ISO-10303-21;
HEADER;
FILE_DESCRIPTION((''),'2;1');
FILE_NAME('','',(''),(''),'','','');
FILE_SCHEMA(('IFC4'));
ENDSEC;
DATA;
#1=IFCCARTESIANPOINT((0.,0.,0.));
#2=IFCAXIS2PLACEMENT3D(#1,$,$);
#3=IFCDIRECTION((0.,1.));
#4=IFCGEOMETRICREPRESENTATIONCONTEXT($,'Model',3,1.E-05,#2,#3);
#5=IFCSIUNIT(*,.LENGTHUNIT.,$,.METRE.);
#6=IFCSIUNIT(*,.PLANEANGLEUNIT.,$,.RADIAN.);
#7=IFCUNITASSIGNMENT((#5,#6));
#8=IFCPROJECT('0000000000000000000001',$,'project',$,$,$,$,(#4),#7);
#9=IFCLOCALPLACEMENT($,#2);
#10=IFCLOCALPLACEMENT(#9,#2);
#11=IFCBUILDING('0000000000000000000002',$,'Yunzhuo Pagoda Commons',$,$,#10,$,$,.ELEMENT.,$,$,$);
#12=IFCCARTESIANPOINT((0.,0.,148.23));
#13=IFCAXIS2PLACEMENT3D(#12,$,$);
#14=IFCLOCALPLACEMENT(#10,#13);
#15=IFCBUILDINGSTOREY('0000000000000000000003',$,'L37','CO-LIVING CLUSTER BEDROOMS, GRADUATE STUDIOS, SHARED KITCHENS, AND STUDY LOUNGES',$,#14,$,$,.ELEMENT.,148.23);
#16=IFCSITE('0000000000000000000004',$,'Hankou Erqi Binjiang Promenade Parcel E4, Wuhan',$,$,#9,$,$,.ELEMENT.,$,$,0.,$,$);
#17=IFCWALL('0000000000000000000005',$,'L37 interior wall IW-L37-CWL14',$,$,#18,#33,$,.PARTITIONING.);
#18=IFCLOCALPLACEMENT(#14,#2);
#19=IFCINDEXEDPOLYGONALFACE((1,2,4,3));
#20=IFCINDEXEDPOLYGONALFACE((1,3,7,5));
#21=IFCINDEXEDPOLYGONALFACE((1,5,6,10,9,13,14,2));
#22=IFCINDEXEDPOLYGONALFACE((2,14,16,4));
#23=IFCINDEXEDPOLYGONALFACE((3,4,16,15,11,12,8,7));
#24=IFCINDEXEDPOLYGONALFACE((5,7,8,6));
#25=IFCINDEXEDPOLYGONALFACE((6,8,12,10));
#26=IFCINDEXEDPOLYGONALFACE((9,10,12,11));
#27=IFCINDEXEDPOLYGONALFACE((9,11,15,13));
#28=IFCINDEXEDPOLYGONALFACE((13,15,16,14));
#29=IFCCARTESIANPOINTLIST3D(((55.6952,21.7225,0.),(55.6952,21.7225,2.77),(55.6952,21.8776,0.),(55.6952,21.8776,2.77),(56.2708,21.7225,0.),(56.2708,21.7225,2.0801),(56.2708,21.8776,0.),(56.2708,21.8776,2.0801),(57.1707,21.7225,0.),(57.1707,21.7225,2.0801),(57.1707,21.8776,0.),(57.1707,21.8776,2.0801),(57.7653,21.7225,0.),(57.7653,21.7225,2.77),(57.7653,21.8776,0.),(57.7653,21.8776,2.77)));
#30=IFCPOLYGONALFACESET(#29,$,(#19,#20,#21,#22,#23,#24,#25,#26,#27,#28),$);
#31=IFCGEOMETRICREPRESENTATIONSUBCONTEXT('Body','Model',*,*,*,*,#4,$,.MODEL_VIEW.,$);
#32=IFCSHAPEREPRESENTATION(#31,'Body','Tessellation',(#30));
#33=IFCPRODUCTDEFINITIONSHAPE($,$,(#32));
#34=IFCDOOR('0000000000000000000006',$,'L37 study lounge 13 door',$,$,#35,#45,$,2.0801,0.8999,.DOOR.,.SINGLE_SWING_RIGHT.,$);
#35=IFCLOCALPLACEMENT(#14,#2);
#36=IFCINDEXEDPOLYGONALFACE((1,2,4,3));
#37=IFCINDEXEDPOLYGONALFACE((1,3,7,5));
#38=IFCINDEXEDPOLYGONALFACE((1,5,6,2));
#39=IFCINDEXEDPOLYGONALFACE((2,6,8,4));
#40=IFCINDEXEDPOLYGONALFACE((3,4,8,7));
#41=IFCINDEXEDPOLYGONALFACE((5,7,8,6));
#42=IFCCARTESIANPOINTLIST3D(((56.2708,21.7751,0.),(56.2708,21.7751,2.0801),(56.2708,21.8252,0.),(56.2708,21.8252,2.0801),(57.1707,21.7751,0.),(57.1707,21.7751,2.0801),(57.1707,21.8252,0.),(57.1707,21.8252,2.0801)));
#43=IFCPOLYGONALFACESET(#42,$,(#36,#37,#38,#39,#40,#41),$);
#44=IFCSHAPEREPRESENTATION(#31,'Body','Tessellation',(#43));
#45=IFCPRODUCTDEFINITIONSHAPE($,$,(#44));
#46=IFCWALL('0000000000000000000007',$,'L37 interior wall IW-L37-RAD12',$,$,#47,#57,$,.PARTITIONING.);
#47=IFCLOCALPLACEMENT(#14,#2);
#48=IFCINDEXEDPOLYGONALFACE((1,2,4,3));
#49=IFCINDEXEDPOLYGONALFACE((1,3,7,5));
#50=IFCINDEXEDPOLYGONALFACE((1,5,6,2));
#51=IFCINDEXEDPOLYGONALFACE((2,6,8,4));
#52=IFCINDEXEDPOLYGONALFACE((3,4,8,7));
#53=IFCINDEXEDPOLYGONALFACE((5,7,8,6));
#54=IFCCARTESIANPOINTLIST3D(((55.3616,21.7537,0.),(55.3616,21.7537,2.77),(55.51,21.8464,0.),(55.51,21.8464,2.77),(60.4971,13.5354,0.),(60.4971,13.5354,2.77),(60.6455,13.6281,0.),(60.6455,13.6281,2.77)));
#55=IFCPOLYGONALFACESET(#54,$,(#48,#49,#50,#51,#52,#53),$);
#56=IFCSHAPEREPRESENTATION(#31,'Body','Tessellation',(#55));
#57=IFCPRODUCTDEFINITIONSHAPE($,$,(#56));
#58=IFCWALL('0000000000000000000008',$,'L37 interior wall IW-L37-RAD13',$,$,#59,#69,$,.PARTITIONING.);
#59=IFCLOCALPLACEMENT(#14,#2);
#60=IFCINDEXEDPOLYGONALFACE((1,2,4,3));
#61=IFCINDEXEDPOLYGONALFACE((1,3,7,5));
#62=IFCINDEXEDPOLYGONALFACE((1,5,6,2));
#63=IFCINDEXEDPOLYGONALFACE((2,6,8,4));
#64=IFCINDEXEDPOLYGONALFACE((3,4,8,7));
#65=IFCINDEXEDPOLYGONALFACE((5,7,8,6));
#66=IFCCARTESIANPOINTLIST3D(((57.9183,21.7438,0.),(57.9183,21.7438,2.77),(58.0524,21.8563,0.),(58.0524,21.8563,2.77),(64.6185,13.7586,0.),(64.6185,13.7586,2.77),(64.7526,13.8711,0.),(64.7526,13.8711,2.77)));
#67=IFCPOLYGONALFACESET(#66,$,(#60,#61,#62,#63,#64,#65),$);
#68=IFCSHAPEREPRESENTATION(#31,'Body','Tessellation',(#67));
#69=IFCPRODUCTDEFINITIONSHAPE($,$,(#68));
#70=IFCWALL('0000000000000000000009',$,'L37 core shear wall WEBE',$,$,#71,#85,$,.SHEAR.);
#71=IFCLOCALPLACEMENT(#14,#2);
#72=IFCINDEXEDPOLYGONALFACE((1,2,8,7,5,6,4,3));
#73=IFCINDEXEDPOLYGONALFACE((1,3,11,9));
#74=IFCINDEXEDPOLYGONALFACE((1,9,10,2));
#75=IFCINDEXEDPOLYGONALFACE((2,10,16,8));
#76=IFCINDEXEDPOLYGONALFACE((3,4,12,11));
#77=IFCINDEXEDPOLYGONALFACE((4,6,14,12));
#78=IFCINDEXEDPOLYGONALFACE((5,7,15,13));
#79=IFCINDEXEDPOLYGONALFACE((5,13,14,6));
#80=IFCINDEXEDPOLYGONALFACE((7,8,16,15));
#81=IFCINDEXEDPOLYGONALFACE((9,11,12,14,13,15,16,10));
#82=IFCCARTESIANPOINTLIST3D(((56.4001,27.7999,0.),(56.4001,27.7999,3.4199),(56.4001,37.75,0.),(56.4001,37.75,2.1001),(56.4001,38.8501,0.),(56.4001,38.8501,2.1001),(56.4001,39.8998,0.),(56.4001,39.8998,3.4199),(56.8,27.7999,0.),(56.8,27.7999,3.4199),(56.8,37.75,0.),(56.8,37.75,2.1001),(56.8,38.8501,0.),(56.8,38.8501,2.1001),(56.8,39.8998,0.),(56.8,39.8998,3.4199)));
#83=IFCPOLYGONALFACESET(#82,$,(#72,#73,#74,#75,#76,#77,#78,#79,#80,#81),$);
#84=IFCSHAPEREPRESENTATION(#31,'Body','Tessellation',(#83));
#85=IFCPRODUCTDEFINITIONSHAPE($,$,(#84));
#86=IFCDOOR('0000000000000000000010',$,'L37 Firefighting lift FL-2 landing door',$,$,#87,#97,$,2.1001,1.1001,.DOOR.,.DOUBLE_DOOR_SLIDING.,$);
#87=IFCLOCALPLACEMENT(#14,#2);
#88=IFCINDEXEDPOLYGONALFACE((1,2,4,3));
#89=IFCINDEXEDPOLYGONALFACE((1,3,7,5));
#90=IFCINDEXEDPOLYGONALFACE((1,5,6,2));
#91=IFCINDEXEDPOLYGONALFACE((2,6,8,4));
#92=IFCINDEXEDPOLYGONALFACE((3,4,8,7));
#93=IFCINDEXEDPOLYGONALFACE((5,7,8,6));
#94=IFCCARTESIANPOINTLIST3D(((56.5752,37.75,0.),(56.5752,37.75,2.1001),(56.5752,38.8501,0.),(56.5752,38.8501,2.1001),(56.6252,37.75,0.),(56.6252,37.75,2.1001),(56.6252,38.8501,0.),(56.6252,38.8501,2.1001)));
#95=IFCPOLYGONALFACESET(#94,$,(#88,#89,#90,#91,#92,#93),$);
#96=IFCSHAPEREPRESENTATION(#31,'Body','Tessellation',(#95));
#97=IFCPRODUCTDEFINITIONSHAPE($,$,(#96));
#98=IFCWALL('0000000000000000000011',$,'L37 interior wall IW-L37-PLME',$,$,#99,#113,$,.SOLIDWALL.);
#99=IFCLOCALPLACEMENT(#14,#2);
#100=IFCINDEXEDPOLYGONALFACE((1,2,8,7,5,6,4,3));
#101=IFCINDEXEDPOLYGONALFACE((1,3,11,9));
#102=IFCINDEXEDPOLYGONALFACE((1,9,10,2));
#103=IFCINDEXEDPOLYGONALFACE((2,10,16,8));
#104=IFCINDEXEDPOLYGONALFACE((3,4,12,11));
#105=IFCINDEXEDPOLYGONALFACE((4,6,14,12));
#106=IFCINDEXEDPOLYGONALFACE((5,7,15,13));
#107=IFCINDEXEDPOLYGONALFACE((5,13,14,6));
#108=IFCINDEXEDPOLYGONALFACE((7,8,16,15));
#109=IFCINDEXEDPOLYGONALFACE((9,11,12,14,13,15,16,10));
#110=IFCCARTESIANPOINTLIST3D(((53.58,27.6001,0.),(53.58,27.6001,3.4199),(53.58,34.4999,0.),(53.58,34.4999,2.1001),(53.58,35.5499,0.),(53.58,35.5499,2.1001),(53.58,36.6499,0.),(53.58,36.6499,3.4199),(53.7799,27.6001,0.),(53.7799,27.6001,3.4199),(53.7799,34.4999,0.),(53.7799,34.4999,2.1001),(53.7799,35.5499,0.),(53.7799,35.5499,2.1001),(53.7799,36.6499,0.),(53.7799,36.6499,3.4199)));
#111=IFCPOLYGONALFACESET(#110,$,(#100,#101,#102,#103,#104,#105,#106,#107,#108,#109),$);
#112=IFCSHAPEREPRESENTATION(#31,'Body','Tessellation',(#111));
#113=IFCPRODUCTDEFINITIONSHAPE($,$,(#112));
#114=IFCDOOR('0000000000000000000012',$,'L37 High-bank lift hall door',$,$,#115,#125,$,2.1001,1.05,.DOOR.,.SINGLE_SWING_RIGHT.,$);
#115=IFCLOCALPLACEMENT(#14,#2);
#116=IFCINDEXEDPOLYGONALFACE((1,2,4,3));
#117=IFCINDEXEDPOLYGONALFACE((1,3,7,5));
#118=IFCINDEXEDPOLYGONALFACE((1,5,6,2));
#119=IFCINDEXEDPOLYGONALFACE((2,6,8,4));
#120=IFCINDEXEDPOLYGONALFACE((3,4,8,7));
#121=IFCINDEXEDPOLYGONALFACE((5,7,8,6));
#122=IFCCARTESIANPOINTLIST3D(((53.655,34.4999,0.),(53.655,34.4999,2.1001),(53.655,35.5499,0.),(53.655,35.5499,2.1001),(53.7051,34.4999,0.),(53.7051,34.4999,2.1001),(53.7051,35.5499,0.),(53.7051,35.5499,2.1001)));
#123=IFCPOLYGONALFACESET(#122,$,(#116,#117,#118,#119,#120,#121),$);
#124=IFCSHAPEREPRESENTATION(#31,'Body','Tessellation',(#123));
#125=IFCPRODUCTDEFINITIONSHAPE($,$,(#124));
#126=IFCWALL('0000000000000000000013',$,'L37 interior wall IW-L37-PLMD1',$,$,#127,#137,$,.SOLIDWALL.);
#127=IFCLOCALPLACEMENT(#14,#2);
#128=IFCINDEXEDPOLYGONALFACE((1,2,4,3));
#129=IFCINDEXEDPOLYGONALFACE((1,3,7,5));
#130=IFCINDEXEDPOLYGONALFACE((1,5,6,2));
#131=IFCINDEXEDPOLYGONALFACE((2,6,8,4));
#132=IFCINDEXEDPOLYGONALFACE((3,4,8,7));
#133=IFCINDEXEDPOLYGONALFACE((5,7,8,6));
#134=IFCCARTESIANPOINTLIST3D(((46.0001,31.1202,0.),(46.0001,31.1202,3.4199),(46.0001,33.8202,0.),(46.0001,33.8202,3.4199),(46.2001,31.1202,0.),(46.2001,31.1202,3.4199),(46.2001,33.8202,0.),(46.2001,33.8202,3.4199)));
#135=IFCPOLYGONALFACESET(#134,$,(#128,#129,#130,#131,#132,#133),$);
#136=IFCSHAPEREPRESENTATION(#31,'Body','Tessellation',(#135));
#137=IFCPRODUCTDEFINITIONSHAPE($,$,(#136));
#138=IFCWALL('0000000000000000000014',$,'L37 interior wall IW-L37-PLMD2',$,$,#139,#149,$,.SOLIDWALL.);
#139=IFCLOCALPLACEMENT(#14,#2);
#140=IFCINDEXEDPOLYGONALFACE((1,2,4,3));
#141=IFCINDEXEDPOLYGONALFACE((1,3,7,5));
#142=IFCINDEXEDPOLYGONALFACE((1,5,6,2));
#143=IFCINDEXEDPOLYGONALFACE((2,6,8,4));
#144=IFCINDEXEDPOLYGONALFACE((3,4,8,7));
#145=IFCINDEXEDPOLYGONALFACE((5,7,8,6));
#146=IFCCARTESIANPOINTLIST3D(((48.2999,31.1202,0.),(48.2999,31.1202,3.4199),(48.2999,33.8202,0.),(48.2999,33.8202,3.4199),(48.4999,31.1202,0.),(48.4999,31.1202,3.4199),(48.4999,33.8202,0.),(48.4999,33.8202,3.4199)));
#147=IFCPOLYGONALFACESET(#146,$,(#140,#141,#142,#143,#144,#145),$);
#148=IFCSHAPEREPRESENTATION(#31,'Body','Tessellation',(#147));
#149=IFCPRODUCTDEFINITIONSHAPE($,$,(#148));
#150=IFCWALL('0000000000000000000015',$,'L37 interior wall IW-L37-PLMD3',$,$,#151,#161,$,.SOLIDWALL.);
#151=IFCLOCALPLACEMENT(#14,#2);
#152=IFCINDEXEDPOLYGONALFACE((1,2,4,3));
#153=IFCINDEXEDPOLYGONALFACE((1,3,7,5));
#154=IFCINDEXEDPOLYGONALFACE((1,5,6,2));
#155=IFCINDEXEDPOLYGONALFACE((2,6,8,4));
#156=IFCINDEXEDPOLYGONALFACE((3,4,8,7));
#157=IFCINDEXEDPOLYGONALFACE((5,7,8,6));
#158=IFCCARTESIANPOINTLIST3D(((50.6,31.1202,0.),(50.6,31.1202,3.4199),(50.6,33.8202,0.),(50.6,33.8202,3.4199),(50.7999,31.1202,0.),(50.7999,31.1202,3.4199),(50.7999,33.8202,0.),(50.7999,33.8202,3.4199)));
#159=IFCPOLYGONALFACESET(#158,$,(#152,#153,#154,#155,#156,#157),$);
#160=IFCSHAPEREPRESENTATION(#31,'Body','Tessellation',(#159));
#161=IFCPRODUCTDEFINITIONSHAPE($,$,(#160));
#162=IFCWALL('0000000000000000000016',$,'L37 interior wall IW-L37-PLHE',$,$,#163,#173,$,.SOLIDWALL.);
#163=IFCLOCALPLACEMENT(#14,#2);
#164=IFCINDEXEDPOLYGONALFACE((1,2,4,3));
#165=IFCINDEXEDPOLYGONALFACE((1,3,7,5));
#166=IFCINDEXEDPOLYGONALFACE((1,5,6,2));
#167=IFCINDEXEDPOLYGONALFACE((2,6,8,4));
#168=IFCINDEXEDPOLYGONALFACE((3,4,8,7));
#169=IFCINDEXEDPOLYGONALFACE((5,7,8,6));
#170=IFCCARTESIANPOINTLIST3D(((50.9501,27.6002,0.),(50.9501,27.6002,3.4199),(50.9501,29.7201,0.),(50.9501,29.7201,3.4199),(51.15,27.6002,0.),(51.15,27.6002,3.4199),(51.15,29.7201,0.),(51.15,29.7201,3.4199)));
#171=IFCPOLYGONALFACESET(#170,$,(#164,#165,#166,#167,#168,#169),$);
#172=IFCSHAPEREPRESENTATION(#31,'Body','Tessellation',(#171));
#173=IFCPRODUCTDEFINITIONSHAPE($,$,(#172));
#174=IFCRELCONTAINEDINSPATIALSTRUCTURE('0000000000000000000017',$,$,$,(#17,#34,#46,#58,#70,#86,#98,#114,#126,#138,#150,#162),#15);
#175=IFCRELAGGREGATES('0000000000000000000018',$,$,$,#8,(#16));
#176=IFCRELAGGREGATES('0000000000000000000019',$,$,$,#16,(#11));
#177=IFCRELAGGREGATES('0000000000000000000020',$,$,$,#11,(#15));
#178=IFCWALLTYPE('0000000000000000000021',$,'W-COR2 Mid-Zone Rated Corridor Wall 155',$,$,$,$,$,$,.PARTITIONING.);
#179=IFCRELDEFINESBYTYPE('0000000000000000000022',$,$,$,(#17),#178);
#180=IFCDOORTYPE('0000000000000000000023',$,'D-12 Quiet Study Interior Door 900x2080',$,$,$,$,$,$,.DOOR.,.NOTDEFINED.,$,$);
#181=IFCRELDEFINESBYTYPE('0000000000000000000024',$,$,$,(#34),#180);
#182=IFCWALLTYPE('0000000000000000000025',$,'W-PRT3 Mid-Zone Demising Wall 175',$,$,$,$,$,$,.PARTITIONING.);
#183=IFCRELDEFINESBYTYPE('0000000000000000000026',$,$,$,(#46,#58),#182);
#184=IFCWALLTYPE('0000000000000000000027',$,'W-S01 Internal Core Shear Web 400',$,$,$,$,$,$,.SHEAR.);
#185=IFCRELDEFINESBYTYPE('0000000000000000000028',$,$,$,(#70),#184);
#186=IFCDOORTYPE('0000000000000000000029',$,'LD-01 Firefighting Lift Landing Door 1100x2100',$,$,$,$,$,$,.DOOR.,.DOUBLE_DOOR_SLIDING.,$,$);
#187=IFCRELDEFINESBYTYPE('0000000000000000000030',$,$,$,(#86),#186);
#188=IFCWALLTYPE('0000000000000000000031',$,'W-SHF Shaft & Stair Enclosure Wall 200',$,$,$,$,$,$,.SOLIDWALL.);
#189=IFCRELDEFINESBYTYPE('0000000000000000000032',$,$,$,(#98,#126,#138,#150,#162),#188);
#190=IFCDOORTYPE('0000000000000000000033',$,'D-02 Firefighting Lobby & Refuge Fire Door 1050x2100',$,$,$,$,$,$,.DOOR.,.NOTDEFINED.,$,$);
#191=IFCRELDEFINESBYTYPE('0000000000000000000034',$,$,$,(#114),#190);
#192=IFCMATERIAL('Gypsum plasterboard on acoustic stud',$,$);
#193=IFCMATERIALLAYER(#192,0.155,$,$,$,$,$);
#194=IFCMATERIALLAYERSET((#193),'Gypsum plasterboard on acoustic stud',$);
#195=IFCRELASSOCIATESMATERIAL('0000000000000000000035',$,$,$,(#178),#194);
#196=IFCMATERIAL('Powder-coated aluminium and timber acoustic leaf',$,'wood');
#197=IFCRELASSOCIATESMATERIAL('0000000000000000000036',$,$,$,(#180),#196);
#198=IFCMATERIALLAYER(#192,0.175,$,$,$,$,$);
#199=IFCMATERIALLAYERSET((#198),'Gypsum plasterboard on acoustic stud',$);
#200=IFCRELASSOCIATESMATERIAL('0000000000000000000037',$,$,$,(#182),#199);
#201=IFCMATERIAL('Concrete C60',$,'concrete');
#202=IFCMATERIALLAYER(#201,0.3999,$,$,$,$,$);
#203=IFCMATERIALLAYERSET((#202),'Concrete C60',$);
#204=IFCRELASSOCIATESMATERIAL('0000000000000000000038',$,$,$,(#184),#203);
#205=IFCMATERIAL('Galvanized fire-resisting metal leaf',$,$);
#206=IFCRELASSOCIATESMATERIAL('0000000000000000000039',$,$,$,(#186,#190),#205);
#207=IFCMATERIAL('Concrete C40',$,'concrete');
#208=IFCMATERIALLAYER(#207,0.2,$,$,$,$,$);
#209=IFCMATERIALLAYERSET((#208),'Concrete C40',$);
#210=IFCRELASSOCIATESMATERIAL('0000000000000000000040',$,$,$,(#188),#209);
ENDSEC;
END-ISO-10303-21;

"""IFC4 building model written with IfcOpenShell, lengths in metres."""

from ifc_helpers import new_model, si_unit, direction, frame, frame_2d, origin, origin_with_axes, place, context, subcontext, project, spatial, rectangle, extrude, source, transform, mapped, material, layer, layer_set, type_object, element, fill, save


model = new_model("IFC4")

# Units and contexts
model_context = context("Model", 3, precision=1e-05, world=origin(), true_north=direction((0.0, 1.0)))
body_context = subcontext(model_context, "Body", "Model", "MODEL_VIEW")
ifc_project = project(units=[si_unit("LENGTHUNIT", "METRE"), si_unit("PLANEANGLEUNIT", "RADIAN")], contexts=[model_context])

# Site, building, storey
site_placement = place(None, origin())
site = spatial("IfcSite", under=ifc_project, at=site_placement, Name="Hankou Erqi Binjiang Promenade Parcel E4, Wuhan", CompositionType="ELEMENT", RefElevation=0.0)
building_placement = place(site_placement, origin())
building = spatial("IfcBuilding", under=site, at=building_placement, Name="Yunzhuo Pagoda Commons", CompositionType="ELEMENT")
storey_placement = place(building_placement, frame((0.0, 0.0, 148.23)))
storey = spatial("IfcBuildingStorey", under=building, at=storey_placement, Name="L37", Description="CO-LIVING CLUSTER BEDROOMS, GRADUATE STUDIOS, SHARED KITCHENS, AND STUDY LOUNGES", CompositionType="ELEMENT", Elevation=148.23)

# Wall, opening, door
ifc_material_1 = material(Name="Gypsum plasterboard on acoustic stud")
ifc_layer_1 = layer(ifc_material_1, 0.155)
ifc_layer_set_1 = layer_set([ifc_layer_1], Name="Gypsum plasterboard on acoustic stud")
wall_type_1 = type_object("IfcWallType", Name="W-COR2 Mid-Zone Rated Corridor Wall 155", PredefinedType="PARTITIONING", material=ifc_layer_set_1)
ifc_material_2 = material(Name="Galvanized fire-resisting metal leaf")
wall_1_placement = place(storey_placement, frame((57.7654, 21.8, 0.0), z_axis=(0.0, 0.0, 1.0), x_axis=(-1.0, 0.0, 0.0)))
wall_1 = element("IfcWall", 1, at=wall_1_placement, inside=storey, type_object=wall_type_1, Name="L37 interior wall IW-L37-CWL14", PredefinedType="PARTITIONING", context=body_context, shape_type="SweptSolid", body=[
    extrude(rectangle(XDim=2.0701, YDim=0.155, at=frame_2d((1.0352, 0.0))), origin(), (0.0, 0.0, 1.0), 2.77),
])
opening_1_placement = place(wall_1_placement, frame((0.5947, 0.0, 0.0)))
opening_1 = element("IfcOpeningElement", 2, at=opening_1_placement, cuts=wall_1, PredefinedType="OPENING", context=body_context, shape_type="SweptSolid", body=[
    extrude(rectangle(XDim=0.8999, YDim=2.0801, at=frame_2d((0.45, 1.04))), frame((0.0, 0.0874, 0.0), z_axis=(0.0, -1.0, 0.0), x_axis=(1.0, 0.0, 0.0)), (0.0, 0.0, 1.0), 0.175),
])
ifc_material_3 = material(Name="Powder-coated aluminium and timber acoustic leaf", Category="wood")
door_type_1 = type_object("IfcDoorType", Name="D-12 Quiet Study Interior Door 900x2080", OperationType="NOTDEFINED", PredefinedType="DOOR", material=ifc_material_3)
shared_shape_1 = source(origin(), body_context, "Body", "SweptSolid", [
    extrude(rectangle(XDim=0.8999, YDim=2.0801, at=frame_2d((0.45, 1.04))), frame((0.0, 0.0249, 0.0), z_axis=(0.0, -1.0, 0.0), x_axis=(1.0, 0.0, 0.0)), (0.0, 0.0, 1.0), 0.05),
])
door_1_placement = place(opening_1_placement, origin_with_axes())
door_1 = element("IfcDoor", 3, at=door_1_placement, inside=storey, type_object=door_type_1, Name="L37 study lounge 13 door", OperationType="SINGLE_SWING_RIGHT", OverallHeight=2.0801, OverallWidth=0.8999, PredefinedType="DOOR", context=body_context, shape_type="MappedRepresentation", body=[
    mapped(shared_shape_1, transform((0.0, 0.0, 0.0), scale=1.0)),
])
fill(opening_1, door_1)

# Walls
ifc_layer_2 = layer(ifc_material_1, 0.175)
ifc_layer_set_2 = layer_set([ifc_layer_2], Name="Gypsum plasterboard on acoustic stud")
wall_type_2 = type_object("IfcWallType", Name="W-PRT3 Mid-Zone Demising Wall 175", PredefinedType="PARTITIONING", material=ifc_layer_set_2)
wall_2_placement = place(storey_placement, frame((55.4358, 21.8, 0.0), z_axis=(0.0, 0.0, 1.0), x_axis=(0.529931, -0.848041, 0.0)))
element("IfcWall", 4, at=wall_2_placement, inside=storey, type_object=wall_type_2, Name="L37 interior wall IW-L37-RAD12", PredefinedType="PARTITIONING", context=body_context, shape_type="SweptSolid", body=[
    extrude(rectangle(XDim=9.6909, YDim=0.175, at=frame_2d((4.8455, 0.0))), origin(), (0.0, 0.0, 1.0), 2.77),
])
wall_3_placement = place(storey_placement, frame((57.9854, 21.8, 0.0), z_axis=(0.0, 0.0, 1.0), x_axis=(0.642782, -0.766049, 0.0)))
element("IfcWall", 5, at=wall_3_placement, inside=storey, type_object=wall_type_2, Name="L37 interior wall IW-L37-RAD13", PredefinedType="PARTITIONING", context=body_context, shape_type="SweptSolid", body=[
    extrude(rectangle(XDim=10.4238, YDim=0.175, at=frame_2d((5.2119, 0.0))), origin(), (0.0, 0.0, 1.0), 2.77),
])

# Walls, openings, doors
ifc_material_4 = material(Name="Concrete C60", Category="concrete")
ifc_layer_3 = layer(ifc_material_4, 0.3999)
ifc_layer_set_3 = layer_set([ifc_layer_3], Name="Concrete C60")
wall_type_3 = type_object("IfcWallType", Name="W-S01 Internal Core Shear Web 400", PredefinedType="SHEAR", material=ifc_layer_set_3)
wall_4_placement = place(storey_placement, frame((56.6001, 27.8, 0.0), z_axis=(0.0, 0.0, 1.0), x_axis=(0.0, 1.0, 0.0)))
wall_4 = element("IfcWall", 6, at=wall_4_placement, inside=storey, type_object=wall_type_3, Name="L37 core shear wall WEBE", PredefinedType="SHEAR", context=body_context, shape_type="SweptSolid", body=[
    extrude(rectangle(XDim=12.0999, YDim=0.3999, at=frame_2d((6.0498, 0.0))), origin(), (0.0, 0.0, 1.0), 3.4199),
])
opening_2_placement = place(wall_4_placement, frame((9.95, 0.0, 0.0)))
opening_2 = element("IfcOpeningElement", 7, at=opening_2_placement, cuts=wall_4, PredefinedType="OPENING", context=body_context, shape_type="SweptSolid", body=[
    extrude(rectangle(XDim=1.1001, YDim=2.1001, at=frame_2d((0.55, 1.05))), frame((0.0, 0.21, 0.0), z_axis=(0.0, -1.0, 0.0), x_axis=(1.0, 0.0, 0.0)), (0.0, 0.0, 1.0), 0.4199),
])
door_type_2 = type_object("IfcDoorType", Name="LD-01 Firefighting Lift Landing Door 1100x2100", OperationType="DOUBLE_DOOR_SLIDING", PredefinedType="DOOR", material=ifc_material_2)
shared_shape_2 = source(origin(), body_context, "Body", "SweptSolid", [
    extrude(rectangle(XDim=1.1001, YDim=2.1001, at=frame_2d((0.55, 1.05))), frame((0.0, 0.0249, 0.0), z_axis=(0.0, -1.0, 0.0), x_axis=(1.0, 0.0, 0.0)), (0.0, 0.0, 1.0), 0.05),
])
door_2_placement = place(opening_2_placement, origin_with_axes())
door_2 = element("IfcDoor", 8, at=door_2_placement, inside=storey, type_object=door_type_2, Name="L37 Firefighting lift FL-2 landing door", OperationType="DOUBLE_DOOR_SLIDING", OverallHeight=2.1001, OverallWidth=1.1001, PredefinedType="DOOR", context=body_context, shape_type="MappedRepresentation", body=[
    mapped(shared_shape_2, transform((0.0, 0.0, 0.0), scale=1.0)),
])
fill(opening_2, door_2)
ifc_material_5 = material(Name="Concrete C40", Category="concrete")
ifc_layer_4 = layer(ifc_material_5, 0.2)
ifc_layer_set_4 = layer_set([ifc_layer_4], Name="Concrete C40")
wall_type_4 = type_object("IfcWallType", Name="W-SHF Shaft & Stair Enclosure Wall 200", PredefinedType="SOLIDWALL", material=ifc_layer_set_4)
wall_5_placement = place(storey_placement, frame((53.6799, 27.6001, 0.0), z_axis=(0.0, 0.0, 1.0), x_axis=(0.0, 1.0, 0.0)))
wall_5 = element("IfcWall", 9, at=wall_5_placement, inside=storey, type_object=wall_type_4, Name="L37 interior wall IW-L37-PLME", PredefinedType="SOLIDWALL", context=body_context, shape_type="SweptSolid", body=[
    extrude(rectangle(XDim=9.0498, YDim=0.2, at=frame_2d((4.5249, 0.0))), origin(), (0.0, 0.0, 1.0), 3.4199),
])
opening_3_placement = place(wall_5_placement, frame((6.8999, 0.0, 0.0)))
opening_3 = element("IfcOpeningElement", 10, at=opening_3_placement, cuts=wall_5, PredefinedType="OPENING", context=body_context, shape_type="SweptSolid", body=[
    extrude(rectangle(XDim=1.05, YDim=2.1001, at=frame_2d((0.5249, 1.05))), frame((0.0, 0.1099, 0.0), z_axis=(0.0, -1.0, 0.0), x_axis=(1.0, 0.0, 0.0)), (0.0, 0.0, 1.0), 0.22),
])
door_type_3 = type_object("IfcDoorType", Name="D-02 Firefighting Lobby & Refuge Fire Door 1050x2100", OperationType="NOTDEFINED", PredefinedType="DOOR", material=ifc_material_2)
shared_shape_3 = source(origin(), body_context, "Body", "SweptSolid", [
    extrude(rectangle(XDim=1.05, YDim=2.1001, at=frame_2d((0.5249, 1.05))), frame((0.0, 0.0249, 0.0), z_axis=(0.0, -1.0, 0.0), x_axis=(1.0, 0.0, 0.0)), (0.0, 0.0, 1.0), 0.05),
])
door_3_placement = place(opening_3_placement, origin_with_axes())
door_3 = element("IfcDoor", 11, at=door_3_placement, inside=storey, type_object=door_type_3, Name="L37 High-bank lift hall door", OperationType="SINGLE_SWING_RIGHT", OverallHeight=2.1001, OverallWidth=1.05, PredefinedType="DOOR", context=body_context, shape_type="MappedRepresentation", body=[
    mapped(shared_shape_3, transform((0.0, 0.0, 0.0), scale=1.0)),
])
fill(opening_3, door_3)

# Walls
for number, where, z_axis, x_axis, name in (
    (12, (46.1001, 31.1201, 0.0), (0.0, 0.0, 1.0), (0.0, 1.0, 0.0), "L37 interior wall IW-L37-PLMD1"),
    (13, (48.3999, 31.1201, 0.0), (0.0, 0.0, 1.0), (0.0, 1.0, 0.0), "L37 interior wall IW-L37-PLMD2"),
    (14, (50.7, 31.1201, 0.0), (0.0, 0.0, 1.0), (0.0, 1.0, 0.0), "L37 interior wall IW-L37-PLMD3"),
):
    element("IfcWall", number, at=place(storey_placement, frame(where, z_axis=z_axis, x_axis=x_axis)), inside=storey, type_object=wall_type_4, Name=name, PredefinedType="SOLIDWALL", context=body_context, shape_type="SweptSolid", body=[
        extrude(rectangle(XDim=2.7, YDim=0.2, at=frame_2d((1.3501, 0.0))), origin(), (0.0, 0.0, 1.0), 3.4199),
    ])
for number, where, z_axis, x_axis, name in (
    (15, (51.05, 27.6001, 0.0), (0.0, 0.0, 1.0), (0.0, 1.0, 0.0), "L37 interior wall IW-L37-PLHE"),
):
    element("IfcWall", number, at=place(storey_placement, frame(where, z_axis=z_axis, x_axis=x_axis)), inside=storey, type_object=wall_type_4, Name=name, PredefinedType="SOLIDWALL", context=body_context, shape_type="SweptSolid", body=[
        extrude(rectangle(XDim=2.1199, YDim=0.2, at=frame_2d((1.0601, 0.0))), origin(), (0.0, 0.0, 1.0), 3.4199),
    ])

save(model, "model.ifc")
